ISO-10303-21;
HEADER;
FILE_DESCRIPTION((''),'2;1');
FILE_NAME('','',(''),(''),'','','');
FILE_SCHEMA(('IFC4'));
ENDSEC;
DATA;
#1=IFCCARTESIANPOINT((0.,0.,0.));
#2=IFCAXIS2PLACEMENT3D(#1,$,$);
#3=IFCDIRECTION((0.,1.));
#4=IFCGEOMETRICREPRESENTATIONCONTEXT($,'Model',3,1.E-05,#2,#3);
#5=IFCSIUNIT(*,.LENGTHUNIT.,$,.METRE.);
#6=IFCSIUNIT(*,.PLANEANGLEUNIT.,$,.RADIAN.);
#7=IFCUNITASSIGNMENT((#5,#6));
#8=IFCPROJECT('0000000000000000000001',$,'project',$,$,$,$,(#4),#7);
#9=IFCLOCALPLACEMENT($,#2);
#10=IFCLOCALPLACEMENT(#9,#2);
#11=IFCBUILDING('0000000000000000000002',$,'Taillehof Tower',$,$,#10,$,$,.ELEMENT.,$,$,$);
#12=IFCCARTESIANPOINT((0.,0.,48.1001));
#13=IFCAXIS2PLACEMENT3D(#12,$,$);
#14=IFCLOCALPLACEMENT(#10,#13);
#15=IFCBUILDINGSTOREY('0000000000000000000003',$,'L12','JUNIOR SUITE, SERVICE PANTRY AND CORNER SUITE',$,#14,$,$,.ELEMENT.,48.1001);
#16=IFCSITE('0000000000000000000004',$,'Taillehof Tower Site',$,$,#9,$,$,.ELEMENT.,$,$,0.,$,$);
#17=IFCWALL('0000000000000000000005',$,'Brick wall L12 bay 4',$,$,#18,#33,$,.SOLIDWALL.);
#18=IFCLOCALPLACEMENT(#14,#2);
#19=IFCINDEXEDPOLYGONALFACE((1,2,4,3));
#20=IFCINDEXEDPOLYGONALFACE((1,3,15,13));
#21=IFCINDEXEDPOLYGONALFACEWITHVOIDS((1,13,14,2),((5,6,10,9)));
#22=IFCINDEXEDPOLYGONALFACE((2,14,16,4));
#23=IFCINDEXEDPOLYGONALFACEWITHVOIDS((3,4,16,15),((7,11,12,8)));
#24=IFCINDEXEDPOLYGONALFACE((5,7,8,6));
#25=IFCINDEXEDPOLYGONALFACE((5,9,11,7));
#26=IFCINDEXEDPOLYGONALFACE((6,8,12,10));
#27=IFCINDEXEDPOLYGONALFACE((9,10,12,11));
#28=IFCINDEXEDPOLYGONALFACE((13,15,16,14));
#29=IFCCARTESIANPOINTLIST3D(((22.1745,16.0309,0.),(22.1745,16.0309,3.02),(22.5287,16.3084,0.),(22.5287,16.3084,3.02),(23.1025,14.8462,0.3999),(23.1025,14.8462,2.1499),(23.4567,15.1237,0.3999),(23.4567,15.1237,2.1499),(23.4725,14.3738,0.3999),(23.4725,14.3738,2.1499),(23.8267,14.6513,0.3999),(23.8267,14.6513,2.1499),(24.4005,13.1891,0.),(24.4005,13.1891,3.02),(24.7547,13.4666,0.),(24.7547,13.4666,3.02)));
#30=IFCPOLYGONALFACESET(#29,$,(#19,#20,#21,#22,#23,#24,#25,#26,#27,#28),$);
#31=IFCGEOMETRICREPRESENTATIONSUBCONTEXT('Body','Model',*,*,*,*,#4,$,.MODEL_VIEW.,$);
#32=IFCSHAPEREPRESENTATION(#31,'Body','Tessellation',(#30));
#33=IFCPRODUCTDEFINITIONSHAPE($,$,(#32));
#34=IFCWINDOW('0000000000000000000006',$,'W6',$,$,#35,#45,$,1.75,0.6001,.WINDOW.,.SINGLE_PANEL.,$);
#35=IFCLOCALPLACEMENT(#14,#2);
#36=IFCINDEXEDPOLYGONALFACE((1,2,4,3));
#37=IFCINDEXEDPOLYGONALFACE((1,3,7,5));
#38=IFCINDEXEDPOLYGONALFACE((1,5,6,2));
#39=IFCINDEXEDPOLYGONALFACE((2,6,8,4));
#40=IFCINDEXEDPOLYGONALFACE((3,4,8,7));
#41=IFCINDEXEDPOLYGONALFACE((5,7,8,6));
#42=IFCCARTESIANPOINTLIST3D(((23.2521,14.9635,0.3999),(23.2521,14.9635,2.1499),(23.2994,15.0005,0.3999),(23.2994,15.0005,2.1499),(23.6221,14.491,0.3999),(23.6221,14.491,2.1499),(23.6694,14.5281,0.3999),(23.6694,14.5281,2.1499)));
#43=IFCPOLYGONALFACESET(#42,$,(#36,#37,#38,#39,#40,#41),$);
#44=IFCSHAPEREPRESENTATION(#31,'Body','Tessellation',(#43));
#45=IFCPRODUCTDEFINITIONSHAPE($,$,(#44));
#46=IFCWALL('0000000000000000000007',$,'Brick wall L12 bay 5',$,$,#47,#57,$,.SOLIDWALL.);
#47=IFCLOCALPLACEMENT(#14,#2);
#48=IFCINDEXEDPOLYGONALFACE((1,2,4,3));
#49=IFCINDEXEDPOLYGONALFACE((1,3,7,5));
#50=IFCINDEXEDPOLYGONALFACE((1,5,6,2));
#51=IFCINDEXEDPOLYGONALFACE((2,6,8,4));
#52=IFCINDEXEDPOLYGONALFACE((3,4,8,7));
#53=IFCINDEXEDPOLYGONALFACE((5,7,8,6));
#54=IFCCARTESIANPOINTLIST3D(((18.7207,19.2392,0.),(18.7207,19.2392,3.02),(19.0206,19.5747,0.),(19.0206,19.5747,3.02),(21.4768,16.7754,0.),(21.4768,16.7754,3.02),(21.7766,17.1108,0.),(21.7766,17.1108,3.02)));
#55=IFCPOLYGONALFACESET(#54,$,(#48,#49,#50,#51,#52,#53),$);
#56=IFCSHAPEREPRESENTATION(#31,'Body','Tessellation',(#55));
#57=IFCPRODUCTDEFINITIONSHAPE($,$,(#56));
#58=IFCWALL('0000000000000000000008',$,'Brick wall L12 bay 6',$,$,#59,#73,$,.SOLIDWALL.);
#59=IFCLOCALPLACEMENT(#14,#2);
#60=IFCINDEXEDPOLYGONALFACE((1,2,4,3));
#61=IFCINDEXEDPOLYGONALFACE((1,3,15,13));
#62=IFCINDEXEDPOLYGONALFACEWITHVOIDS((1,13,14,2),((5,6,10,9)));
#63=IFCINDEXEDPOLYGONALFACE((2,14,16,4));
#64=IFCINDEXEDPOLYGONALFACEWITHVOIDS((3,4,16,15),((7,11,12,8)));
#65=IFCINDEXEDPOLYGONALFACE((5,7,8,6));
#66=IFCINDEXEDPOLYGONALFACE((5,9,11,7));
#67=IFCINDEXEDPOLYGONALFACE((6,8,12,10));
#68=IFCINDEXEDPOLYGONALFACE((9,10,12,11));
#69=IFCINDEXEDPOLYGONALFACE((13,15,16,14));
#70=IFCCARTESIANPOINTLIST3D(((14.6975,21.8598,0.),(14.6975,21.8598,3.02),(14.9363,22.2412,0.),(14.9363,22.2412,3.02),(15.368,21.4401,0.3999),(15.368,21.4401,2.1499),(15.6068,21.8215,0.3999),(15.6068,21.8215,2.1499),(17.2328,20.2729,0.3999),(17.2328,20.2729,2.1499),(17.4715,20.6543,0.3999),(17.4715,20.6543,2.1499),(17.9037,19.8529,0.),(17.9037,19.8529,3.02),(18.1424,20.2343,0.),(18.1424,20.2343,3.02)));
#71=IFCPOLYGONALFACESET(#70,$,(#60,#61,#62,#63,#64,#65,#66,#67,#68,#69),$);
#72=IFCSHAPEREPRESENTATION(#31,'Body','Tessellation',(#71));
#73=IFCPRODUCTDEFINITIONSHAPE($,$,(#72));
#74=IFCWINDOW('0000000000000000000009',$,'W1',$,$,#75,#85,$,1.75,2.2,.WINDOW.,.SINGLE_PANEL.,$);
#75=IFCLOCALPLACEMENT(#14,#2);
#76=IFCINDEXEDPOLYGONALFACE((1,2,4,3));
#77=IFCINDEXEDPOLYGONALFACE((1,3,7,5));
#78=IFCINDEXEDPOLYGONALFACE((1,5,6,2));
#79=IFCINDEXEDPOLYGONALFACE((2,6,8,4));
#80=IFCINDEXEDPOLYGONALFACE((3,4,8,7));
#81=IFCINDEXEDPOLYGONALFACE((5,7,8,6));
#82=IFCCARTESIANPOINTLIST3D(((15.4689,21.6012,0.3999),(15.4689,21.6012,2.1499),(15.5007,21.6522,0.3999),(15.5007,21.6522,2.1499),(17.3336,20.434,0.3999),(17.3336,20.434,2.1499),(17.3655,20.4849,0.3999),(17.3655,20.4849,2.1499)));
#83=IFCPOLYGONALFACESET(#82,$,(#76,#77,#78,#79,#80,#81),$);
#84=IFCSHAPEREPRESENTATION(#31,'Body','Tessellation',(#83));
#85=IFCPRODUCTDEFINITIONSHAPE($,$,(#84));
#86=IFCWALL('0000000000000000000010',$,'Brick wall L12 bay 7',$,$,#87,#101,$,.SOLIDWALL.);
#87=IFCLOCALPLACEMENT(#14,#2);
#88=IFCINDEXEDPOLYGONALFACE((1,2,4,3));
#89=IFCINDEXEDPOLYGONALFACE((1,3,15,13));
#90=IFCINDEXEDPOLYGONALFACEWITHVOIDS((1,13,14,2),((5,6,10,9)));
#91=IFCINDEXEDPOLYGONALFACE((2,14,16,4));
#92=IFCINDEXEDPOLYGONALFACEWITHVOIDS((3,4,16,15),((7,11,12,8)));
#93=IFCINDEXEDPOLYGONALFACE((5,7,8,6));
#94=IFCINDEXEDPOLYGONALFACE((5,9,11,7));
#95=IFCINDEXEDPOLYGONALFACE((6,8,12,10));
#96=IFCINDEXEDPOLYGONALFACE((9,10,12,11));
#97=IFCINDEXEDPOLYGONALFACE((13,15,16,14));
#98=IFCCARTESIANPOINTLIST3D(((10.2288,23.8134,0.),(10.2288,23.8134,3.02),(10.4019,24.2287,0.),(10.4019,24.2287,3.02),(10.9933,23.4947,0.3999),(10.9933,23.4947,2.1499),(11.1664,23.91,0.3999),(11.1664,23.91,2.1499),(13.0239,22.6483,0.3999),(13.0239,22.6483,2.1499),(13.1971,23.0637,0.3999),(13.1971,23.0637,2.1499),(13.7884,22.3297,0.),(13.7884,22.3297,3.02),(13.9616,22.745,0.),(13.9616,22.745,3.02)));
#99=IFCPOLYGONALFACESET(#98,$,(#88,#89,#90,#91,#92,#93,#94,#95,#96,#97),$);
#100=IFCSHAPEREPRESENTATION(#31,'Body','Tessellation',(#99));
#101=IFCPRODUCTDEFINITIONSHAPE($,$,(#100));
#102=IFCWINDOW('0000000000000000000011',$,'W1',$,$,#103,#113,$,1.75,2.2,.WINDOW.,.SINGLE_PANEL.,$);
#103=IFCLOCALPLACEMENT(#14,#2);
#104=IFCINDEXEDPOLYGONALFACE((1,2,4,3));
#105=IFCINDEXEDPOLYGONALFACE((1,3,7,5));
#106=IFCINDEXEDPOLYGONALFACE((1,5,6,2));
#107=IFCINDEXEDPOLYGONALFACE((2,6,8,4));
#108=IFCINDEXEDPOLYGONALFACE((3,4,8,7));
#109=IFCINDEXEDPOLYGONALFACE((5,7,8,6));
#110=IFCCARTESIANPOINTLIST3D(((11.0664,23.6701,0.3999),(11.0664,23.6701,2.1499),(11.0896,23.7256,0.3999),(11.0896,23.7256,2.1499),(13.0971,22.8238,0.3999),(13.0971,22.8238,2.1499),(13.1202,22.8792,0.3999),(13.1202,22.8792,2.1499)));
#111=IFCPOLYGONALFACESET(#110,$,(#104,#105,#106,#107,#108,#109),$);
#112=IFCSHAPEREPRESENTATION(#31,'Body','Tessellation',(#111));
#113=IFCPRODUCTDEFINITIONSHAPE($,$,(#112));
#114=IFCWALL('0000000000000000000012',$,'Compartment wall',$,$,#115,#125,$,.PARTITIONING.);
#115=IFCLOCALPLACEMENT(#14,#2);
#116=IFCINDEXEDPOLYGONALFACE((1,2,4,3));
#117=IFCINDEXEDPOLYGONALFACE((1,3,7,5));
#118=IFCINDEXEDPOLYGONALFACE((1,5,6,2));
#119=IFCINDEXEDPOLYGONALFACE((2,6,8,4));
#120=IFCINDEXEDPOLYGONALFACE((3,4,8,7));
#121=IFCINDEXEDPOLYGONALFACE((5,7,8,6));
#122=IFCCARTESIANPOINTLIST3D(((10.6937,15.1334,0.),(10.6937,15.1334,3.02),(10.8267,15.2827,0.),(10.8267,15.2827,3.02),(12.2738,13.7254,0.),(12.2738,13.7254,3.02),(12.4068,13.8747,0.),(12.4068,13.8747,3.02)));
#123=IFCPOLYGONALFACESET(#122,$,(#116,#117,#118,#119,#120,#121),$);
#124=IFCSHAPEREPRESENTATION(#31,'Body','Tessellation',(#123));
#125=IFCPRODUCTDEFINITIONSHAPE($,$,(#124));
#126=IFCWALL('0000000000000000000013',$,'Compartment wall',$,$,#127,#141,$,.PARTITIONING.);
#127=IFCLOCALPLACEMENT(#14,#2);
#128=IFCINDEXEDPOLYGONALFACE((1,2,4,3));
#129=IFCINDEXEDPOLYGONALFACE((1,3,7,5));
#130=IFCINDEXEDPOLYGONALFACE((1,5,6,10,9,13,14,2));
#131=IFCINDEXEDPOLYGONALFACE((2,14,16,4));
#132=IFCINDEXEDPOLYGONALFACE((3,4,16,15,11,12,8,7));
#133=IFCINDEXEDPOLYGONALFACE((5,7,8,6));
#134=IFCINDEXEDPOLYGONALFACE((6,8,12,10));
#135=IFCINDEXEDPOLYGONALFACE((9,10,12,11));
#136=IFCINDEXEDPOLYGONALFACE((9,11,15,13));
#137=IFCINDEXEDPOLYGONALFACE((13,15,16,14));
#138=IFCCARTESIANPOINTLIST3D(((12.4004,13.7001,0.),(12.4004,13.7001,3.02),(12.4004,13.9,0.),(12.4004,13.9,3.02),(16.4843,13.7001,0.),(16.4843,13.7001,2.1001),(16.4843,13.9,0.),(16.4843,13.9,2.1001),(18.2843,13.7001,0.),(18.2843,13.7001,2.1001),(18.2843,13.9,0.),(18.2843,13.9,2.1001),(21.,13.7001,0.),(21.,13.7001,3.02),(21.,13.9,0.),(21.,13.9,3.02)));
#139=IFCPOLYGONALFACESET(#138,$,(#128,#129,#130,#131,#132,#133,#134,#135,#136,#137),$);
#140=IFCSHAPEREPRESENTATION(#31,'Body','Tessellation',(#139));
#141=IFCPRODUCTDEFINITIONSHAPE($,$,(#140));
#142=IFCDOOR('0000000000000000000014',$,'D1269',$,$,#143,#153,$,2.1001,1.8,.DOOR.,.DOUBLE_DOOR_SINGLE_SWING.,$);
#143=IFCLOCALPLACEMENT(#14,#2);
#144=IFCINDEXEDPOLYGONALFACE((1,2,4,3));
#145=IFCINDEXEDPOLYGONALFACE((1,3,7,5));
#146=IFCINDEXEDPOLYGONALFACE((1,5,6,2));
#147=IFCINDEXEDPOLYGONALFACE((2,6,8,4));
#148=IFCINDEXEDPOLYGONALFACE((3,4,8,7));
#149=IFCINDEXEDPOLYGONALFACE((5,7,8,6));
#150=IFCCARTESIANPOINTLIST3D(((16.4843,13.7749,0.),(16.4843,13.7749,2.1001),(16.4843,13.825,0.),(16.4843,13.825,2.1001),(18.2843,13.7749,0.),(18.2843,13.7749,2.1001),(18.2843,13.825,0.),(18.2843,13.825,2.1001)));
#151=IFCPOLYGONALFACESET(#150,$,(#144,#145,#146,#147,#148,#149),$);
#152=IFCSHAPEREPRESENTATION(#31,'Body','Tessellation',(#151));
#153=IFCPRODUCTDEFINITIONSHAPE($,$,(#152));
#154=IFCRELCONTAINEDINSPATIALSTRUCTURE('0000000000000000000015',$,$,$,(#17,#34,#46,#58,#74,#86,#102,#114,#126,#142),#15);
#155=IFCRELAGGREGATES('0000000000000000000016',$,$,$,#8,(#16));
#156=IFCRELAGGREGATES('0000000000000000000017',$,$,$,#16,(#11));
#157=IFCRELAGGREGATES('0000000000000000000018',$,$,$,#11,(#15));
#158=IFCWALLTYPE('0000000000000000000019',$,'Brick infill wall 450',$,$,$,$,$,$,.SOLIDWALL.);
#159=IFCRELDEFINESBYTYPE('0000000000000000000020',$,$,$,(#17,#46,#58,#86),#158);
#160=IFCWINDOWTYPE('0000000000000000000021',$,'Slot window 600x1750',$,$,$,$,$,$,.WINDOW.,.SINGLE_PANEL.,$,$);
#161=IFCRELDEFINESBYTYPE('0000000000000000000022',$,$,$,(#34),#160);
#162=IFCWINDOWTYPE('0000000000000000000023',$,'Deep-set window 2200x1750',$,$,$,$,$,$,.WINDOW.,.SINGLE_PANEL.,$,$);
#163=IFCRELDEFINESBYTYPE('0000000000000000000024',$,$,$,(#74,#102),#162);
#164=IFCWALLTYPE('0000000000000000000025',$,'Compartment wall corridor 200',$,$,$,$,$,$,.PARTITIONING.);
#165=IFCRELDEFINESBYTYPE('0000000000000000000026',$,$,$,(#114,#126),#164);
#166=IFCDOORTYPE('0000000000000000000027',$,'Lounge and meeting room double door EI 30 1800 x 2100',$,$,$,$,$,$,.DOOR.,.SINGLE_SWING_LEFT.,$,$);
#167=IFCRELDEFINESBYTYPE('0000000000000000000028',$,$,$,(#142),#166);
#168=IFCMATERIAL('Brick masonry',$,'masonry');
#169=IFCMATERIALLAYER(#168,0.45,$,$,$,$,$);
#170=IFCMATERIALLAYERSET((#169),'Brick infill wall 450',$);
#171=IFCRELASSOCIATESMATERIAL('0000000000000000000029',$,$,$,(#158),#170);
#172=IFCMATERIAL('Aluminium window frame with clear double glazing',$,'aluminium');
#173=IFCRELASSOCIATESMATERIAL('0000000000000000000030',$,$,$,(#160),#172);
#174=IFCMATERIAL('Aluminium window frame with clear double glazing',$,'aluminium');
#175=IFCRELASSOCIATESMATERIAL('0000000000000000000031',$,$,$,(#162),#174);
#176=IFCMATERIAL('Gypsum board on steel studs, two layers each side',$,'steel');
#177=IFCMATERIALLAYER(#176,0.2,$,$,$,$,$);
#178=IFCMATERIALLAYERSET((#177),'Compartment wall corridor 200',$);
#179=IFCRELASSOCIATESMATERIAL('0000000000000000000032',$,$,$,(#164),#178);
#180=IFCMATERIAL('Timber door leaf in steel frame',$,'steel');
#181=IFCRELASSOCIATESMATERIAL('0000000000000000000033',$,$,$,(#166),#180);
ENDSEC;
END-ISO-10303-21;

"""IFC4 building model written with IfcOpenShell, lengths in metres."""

from ifc_helpers import new_model, si_unit, direction, frame, frame_2d, origin, place, context, subcontext, project, spatial, rectangle, extrude, material, layer, layer_set, type_object, element, fill, save


model = new_model("IFC4")

# Units and contexts
model_context = context("Model", 3, precision=1e-05, world=origin(), true_north=direction((0.0, 1.0)))
body_context = subcontext(model_context, "Body", "Model", "MODEL_VIEW")
ifc_project = project(units=[si_unit("LENGTHUNIT", "METRE"), si_unit("PLANEANGLEUNIT", "RADIAN")], contexts=[model_context])

# Site, building, storey
site_placement = place(None, origin())
site = spatial("IfcSite", under=ifc_project, at=site_placement, Name="Taillehof Tower Site", CompositionType="ELEMENT", RefElevation=0.0)
building_placement = place(site_placement, origin())
building = spatial("IfcBuilding", under=site, at=building_placement, Name="Taillehof Tower", CompositionType="ELEMENT")
storey_placement = place(building_placement, frame((0.0, 0.0, 48.1001)))
storey = spatial("IfcBuildingStorey", under=building, at=storey_placement, Name="L12", Description="JUNIOR SUITE, SERVICE PANTRY AND CORNER SUITE", CompositionType="ELEMENT", Elevation=48.1001)

# Wall, opening, window
ifc_material_1 = material(Name="Brick masonry", Category="masonry")
ifc_layer_1 = layer(ifc_material_1, 0.45)
ifc_layer_set_1 = layer_set([ifc_layer_1], Name="Brick infill wall 450")
wall_type_1 = type_object("IfcWallType", Name="Brick infill wall 450", PredefinedType="SOLIDWALL", material=ifc_layer_set_1)
wall_1_placement = place(storey_placement, frame((24.5776, 13.3279, 0.0), z_axis=(0.0, 0.0, 1.0), x_axis=(-0.616662, 0.787228, 0.0)))
wall_1 = element("IfcWall", 1, at=wall_1_placement, inside=storey, type_object=wall_type_1, Name="Brick wall L12 bay 4", PredefinedType="SOLIDWALL", context=body_context, shape_type="SweptSolid", body=[
    extrude(rectangle(XDim=3.6099, YDim=0.45, at=frame_2d((1.8049, 0.0))), origin(), (0.0, 0.0, 1.0), 3.02),
])
opening_1_placement = place(wall_1_placement, frame((1.5049, 0.0, 0.3999)))
opening_1 = element("IfcOpeningElement", 2, at=opening_1_placement, cuts=wall_1, PredefinedType="OPENING", context=body_context, shape_type="SweptSolid", body=[
    extrude(rectangle(XDim=0.6001, YDim=1.75, at=frame_2d((0.3, 0.875))), frame((0.0, 0.2349, 0.0), z_axis=(0.0, -1.0, 0.0), x_axis=(1.0, 0.0, 0.0)), (0.0, 0.0, 1.0), 0.47),
])
ifc_material_2 = material(Name="Aluminium window frame with clear double glazing", Category="aluminium")
window_type_1 = type_object("IfcWindowType", Name="Slot window 600x1750", PartitioningType="SINGLE_PANEL", PredefinedType="WINDOW", material=ifc_material_2)
window_1_placement = place(opening_1_placement, origin())
window_1 = element("IfcWindow", 3, at=window_1_placement, inside=storey, type_object=window_type_1, Name="W6", OverallHeight=1.75, OverallWidth=0.6001, PartitioningType="SINGLE_PANEL", PredefinedType="WINDOW", context=body_context, shape_type="SweptSolid", body=[
    extrude(rectangle(XDim=0.6001, YDim=1.75, at=frame_2d((0.3, 0.875))), frame((0.0, 0.0349, 0.0), z_axis=(0.0, -1.0, 0.0), x_axis=(1.0, 0.0, 0.0)), (0.0, 0.0, 1.0), 0.0601),
])
fill(opening_1, window_1)

# Wall
wall_2_placement = place(storey_placement, frame((21.6267, 16.9431, 0.0), z_axis=(0.0, 0.0, 1.0), x_axis=(-0.745526, 0.666476, 0.0)))
element("IfcWall", 4, at=wall_2_placement, inside=storey, type_object=wall_type_1, Name="Brick wall L12 bay 5", PredefinedType="SOLIDWALL", context=body_context, shape_type="SweptSolid", body=[
    extrude(rectangle(XDim=3.6968, YDim=0.45, at=frame_2d((1.8484, 0.0))), origin(), (0.0, 0.0, 1.0), 3.02),
])

# Walls, openings, windows
wall_3_placement = place(storey_placement, frame((18.0229, 20.0437, 0.0), z_axis=(0.0, 0.0, 1.0), x_axis=(-0.847635, 0.530579, 0.0)))
wall_3 = element("IfcWall", 5, at=wall_3_placement, inside=storey, type_object=wall_type_1, Name="Brick wall L12 bay 6", PredefinedType="SOLIDWALL", context=body_context, shape_type="SweptSolid", body=[
    extrude(rectangle(XDim=3.7825, YDim=0.45, at=frame_2d((1.8911, 0.0))), origin(), (0.0, 0.0, 1.0), 3.02),
])
opening_2_placement = place(wall_3_placement, frame((0.7913, 0.0, 0.3999)))
opening_2 = element("IfcOpeningElement", 6, at=opening_2_placement, cuts=wall_3, PredefinedType="OPENING", context=body_context, shape_type="SweptSolid", body=[
    extrude(rectangle(XDim=2.2, YDim=1.75, at=frame_2d((1.1001, 0.875))), frame((0.0, 0.2349, 0.0), z_axis=(0.0, -1.0, 0.0), x_axis=(1.0, 0.0, 0.0)), (0.0, 0.0, 1.0), 0.47),
])
ifc_material_3 = material(Name="Aluminium window frame with clear double glazing", Category="aluminium")
window_type_2 = type_object("IfcWindowType", Name="Deep-set window 2200x1750", PartitioningType="SINGLE_PANEL", PredefinedType="WINDOW", material=ifc_material_3)
window_2_placement = place(opening_2_placement, origin())
window_2 = element("IfcWindow", 7, at=window_2_placement, inside=storey, type_object=window_type_2, Name="W1", OverallHeight=1.75, OverallWidth=2.2, PartitioningType="SINGLE_PANEL", PredefinedType="WINDOW", context=body_context, shape_type="SweptSolid", body=[
    extrude(rectangle(XDim=2.2, YDim=1.75, at=frame_2d((1.1001, 0.875))), frame((0.0, 0.0349, 0.0), z_axis=(0.0, -1.0, 0.0), x_axis=(1.0, 0.0, 0.0)), (0.0, 0.0, 1.0), 0.0601),
])
fill(opening_2, window_2)
wall_4_placement = place(storey_placement, frame((13.875, 22.5374, 0.0), z_axis=(0.0, 0.0, 1.0), x_axis=(-0.923032, 0.384723, 0.0)))
wall_4 = element("IfcWall", 8, at=wall_4_placement, inside=storey, type_object=wall_type_1, Name="Brick wall L12 bay 7", PredefinedType="SOLIDWALL", context=body_context, shape_type="SweptSolid", body=[
    extrude(rectangle(XDim=3.8564, YDim=0.45, at=frame_2d((1.9282, 0.0))), origin(), (0.0, 0.0, 1.0), 3.02),
])
opening_3_placement = place(wall_4_placement, frame((0.8281, 0.0, 0.3999)))
opening_3 = element("IfcOpeningElement", 9, at=opening_3_placement, cuts=wall_4, PredefinedType="OPENING", context=body_context, shape_type="SweptSolid", body=[
    extrude(rectangle(XDim=2.2, YDim=1.75, at=frame_2d((1.1001, 0.875))), frame((0.0, 0.2349, 0.0), z_axis=(0.0, -1.0, 0.0), x_axis=(1.0, 0.0, 0.0)), (0.0, 0.0, 1.0), 0.47),
])
window_3_placement = place(opening_3_placement, origin())
window_3 = element("IfcWindow", 10, at=window_3_placement, inside=storey, type_object=window_type_2, Name="W1", OverallHeight=1.75, OverallWidth=2.2, PartitioningType="SINGLE_PANEL", PredefinedType="WINDOW", context=body_context, shape_type="SweptSolid", body=[
    extrude(rectangle(XDim=2.2, YDim=1.75, at=frame_2d((1.1001, 0.875))), frame((0.0, 0.0349, 0.0), z_axis=(0.0, -1.0, 0.0), x_axis=(1.0, 0.0, 0.0)), (0.0, 0.0, 1.0), 0.0601),
])
fill(opening_3, window_3)

# Wall
ifc_material_4 = material(Name="Gypsum board on steel studs, two layers each side", Category="steel")
ifc_layer_2 = layer(ifc_material_4, 0.2)
ifc_layer_set_2 = layer_set([ifc_layer_2], Name="Compartment wall corridor 200")
wall_type_2 = type_object("IfcWallType", Name="Compartment wall corridor 200", PredefinedType="PARTITIONING", material=ifc_layer_set_2)
wall_5_placement = place(storey_placement, frame((10.7603, 15.208, 0.0), z_axis=(0.0, 0.0, 1.0), x_axis=(0.7466, -0.665273, 0.0)))
element("IfcWall", 11, at=wall_5_placement, inside=storey, type_object=wall_type_2, Name="Compartment wall", PredefinedType="PARTITIONING", context=body_context, shape_type="SweptSolid", body=[
    extrude(rectangle(XDim=2.1165, YDim=0.2, at=frame_2d((1.0581, 0.0))), origin(), (0.0, 0.0, 1.0), 3.02),
])

# Wall, opening, door
wall_6_placement = place(storey_placement, frame((12.4004, 13.8, 0.0), z_axis=(0.0, 0.0, 1.0), x_axis=(1.0, 0.0, 0.0)))
wall_6 = element("IfcWall", 12, at=wall_6_placement, inside=storey, type_object=wall_type_2, Name="Compartment wall", PredefinedType="PARTITIONING", context=body_context, shape_type="SweptSolid", body=[
    extrude(rectangle(XDim=8.5996, YDim=0.2, at=frame_2d((4.2998, 0.0))), origin(), (0.0, 0.0, 1.0), 3.02),
])
opening_4_placement = place(wall_6_placement, frame((4.084, 0.0, 0.0)))
opening_4 = element("IfcOpeningElement", 13, at=opening_4_placement, cuts=wall_6, PredefinedType="OPENING", context=body_context, shape_type="SweptSolid", body=[
    extrude(rectangle(XDim=1.8, YDim=2.1001, at=frame_2d((0.8999, 1.05))), frame((0.0, 0.1099, 0.0), z_axis=(0.0, -1.0, 0.0), x_axis=(1.0, 0.0, 0.0)), (0.0, 0.0, 1.0), 0.22),
])
ifc_material_5 = material(Name="Timber door leaf in steel frame", Category="steel")
door_type_1 = type_object("IfcDoorType", Name="Lounge and meeting room double door EI 30 1800 x 2100", OperationType="SINGLE_SWING_LEFT", PredefinedType="DOOR", material=ifc_material_5)
door_1_placement = place(opening_4_placement, origin())
door_1 = element("IfcDoor", 14, at=door_1_placement, inside=storey, type_object=door_type_1, Name="D1269", OperationType="DOUBLE_DOOR_SINGLE_SWING", OverallHeight=2.1001, OverallWidth=1.8, PredefinedType="DOOR", context=body_context, shape_type="SweptSolid", body=[
    extrude(rectangle(XDim=1.8, YDim=2.1001, at=frame_2d((0.8999, 1.05))), frame((0.0, 0.0249, 0.0), z_axis=(0.0, -1.0, 0.0), x_axis=(1.0, 0.0, 0.0)), (0.0, 0.0, 1.0), 0.05),
])
fill(opening_4, door_1)

save(model, "model.ifc")
